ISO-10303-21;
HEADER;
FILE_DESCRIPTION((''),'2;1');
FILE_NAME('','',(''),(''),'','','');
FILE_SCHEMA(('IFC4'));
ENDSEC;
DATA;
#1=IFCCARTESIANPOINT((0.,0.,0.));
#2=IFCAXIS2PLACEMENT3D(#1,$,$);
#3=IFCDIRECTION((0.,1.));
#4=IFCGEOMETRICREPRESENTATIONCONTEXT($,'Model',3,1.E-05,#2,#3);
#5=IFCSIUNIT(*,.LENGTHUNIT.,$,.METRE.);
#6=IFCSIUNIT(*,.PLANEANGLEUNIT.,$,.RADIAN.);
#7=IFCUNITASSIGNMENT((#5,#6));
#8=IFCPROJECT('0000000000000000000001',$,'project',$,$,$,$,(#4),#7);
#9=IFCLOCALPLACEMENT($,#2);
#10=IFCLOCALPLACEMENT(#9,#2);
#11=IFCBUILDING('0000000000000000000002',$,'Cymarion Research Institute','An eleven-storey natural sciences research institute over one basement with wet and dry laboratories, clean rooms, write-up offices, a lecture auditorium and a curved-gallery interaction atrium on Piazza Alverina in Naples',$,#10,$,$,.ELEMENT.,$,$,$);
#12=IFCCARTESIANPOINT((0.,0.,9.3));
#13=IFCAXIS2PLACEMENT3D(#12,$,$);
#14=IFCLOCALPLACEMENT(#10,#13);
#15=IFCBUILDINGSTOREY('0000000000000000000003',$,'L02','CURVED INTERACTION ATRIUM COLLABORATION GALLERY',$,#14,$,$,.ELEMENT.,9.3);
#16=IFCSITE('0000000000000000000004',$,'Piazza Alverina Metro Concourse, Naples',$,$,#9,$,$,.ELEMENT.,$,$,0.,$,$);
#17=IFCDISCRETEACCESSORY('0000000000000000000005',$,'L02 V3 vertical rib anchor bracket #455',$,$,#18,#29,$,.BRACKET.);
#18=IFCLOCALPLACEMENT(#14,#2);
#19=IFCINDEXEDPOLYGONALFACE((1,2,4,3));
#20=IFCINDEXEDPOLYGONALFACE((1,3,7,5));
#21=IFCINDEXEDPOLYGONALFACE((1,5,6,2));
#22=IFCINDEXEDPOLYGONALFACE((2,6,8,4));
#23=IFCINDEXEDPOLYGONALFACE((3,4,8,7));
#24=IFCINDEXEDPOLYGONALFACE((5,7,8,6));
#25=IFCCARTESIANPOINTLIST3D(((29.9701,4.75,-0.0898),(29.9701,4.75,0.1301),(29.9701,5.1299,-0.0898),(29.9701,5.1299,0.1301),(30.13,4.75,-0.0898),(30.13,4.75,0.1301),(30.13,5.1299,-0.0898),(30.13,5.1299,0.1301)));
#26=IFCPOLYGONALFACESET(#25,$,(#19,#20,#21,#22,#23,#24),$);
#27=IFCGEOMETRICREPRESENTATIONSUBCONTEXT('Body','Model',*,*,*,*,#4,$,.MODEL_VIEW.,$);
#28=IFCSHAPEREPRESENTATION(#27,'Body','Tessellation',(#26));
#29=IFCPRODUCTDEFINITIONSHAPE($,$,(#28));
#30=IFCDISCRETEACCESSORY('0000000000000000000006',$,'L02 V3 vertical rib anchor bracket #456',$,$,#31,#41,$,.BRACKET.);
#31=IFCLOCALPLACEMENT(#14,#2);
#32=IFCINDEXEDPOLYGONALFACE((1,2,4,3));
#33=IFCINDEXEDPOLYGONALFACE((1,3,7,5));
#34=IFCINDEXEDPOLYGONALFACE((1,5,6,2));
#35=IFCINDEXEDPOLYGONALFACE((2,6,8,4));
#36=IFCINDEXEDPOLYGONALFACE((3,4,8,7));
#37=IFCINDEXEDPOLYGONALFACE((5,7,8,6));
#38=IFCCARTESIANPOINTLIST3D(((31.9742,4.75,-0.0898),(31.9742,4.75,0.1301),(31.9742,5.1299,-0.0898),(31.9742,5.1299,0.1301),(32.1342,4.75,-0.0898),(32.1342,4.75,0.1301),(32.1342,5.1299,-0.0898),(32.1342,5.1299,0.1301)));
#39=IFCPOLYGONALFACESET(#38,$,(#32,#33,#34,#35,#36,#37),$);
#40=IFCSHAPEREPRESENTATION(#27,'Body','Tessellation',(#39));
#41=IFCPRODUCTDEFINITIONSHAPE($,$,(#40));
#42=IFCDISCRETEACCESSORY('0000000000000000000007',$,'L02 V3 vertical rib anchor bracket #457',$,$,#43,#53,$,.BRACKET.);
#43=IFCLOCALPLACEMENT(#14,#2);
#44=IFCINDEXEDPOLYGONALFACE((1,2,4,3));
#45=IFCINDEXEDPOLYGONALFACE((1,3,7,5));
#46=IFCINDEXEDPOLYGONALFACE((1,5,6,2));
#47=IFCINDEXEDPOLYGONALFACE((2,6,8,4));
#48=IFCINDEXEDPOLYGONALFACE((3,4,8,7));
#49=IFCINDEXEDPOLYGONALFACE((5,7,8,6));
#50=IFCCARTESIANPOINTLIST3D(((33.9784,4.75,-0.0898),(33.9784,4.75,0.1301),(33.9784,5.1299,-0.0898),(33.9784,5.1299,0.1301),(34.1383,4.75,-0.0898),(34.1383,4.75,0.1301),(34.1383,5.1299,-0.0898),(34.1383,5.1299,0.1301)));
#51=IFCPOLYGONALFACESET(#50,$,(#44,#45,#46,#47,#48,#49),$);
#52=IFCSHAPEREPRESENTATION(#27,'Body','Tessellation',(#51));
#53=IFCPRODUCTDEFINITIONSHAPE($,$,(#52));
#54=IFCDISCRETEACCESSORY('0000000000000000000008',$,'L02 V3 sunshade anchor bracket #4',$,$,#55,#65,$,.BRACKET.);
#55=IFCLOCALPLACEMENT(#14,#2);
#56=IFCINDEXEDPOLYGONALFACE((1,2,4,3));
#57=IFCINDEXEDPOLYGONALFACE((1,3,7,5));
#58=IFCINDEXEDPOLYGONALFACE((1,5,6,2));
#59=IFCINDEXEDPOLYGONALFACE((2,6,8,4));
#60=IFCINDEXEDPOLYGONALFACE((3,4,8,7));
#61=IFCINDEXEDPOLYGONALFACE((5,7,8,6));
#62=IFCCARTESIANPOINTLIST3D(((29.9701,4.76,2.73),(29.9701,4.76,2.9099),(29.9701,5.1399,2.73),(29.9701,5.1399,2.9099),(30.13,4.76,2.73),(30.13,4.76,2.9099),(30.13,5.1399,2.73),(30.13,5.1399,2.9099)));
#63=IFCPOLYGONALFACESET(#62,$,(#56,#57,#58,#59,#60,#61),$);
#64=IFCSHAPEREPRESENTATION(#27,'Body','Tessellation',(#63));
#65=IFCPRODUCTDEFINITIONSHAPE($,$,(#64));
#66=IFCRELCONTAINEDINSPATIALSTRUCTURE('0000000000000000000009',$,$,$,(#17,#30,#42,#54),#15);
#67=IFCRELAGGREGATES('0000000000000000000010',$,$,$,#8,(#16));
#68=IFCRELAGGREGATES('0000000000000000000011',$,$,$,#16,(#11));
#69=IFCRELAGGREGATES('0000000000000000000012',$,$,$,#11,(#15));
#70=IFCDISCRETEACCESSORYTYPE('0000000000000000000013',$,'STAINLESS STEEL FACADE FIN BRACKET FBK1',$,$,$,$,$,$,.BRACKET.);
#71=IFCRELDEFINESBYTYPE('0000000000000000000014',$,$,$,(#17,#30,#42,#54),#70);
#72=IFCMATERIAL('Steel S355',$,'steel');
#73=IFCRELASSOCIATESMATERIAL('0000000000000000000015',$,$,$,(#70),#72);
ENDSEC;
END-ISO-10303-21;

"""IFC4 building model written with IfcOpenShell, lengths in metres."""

from ifc_helpers import new_model, si_unit, direction, frame, origin, origin_2d, place, context, subcontext, project, spatial, rectangle, extrude, material, type_object, element, save


model = new_model("IFC4")

# Units and contexts
model_context = context("Model", 3, precision=1e-05, world=origin(), true_north=direction((0.0, 1.0)))
body_context = subcontext(model_context, "Body", "Model", "MODEL_VIEW")
ifc_project = project(units=[si_unit("LENGTHUNIT", "METRE"), si_unit("PLANEANGLEUNIT", "RADIAN")], contexts=[model_context])

# Site, building, storey
site_placement = place(None, origin())
site = spatial("IfcSite", under=ifc_project, at=site_placement, Name="Piazza Alverina Metro Concourse, Naples", CompositionType="ELEMENT", RefElevation=0.0)
building_placement = place(site_placement, origin())
building = spatial("IfcBuilding", under=site, at=building_placement, Name="Cymarion Research Institute", Description="An eleven-storey natural sciences research institute over one basement with wet and dry laboratories, clean rooms, write-up offices, a lecture auditorium and a curved-gallery interaction atrium on Piazza Alverina in Naples", CompositionType="ELEMENT")
storey_placement = place(building_placement, frame((0.0, 0.0, 9.3)))
storey = spatial("IfcBuildingStorey", under=building, at=storey_placement, Name="L02", Description="CURVED INTERACTION ATRIUM COLLABORATION GALLERY", CompositionType="ELEMENT", Elevation=9.3)

# Shared definitions
ifc_material_1 = material(Name="Steel S355", Category="steel")

# Discrete accessories
discrete_accessory_type = type_object("IfcDiscreteAccessoryType", Name="STAINLESS STEEL FACADE FIN BRACKET FBK1", PredefinedType="BRACKET", material=ifc_material_1)
for number, where, z_axis, x_axis, name in (
    (1, (30.05, 4.9399, -0.0898), (0.0, 0.0, 1.0), (0.0, -1.0, 0.0), "L02 V3 vertical rib anchor bracket #455"),
    (2, (32.0542, 4.9399, -0.0898), (0.0, 0.0, 1.0), (0.0, -1.0, 0.0), "L02 V3 vertical rib anchor bracket #456"),
    (3, (34.0583, 4.9399, -0.0898), (0.0, 0.0, 1.0), (0.0, -1.0, 0.0), "L02 V3 vertical rib anchor bracket #457"),
):
    element("IfcDiscreteAccessory", number, at=place(storey_placement, frame(where, z_axis=z_axis, x_axis=x_axis)), inside=storey, type_object=discrete_accessory_type, Name=name, PredefinedType="BRACKET", context=body_context, shape_type="SweptSolid", body=[
        extrude(rectangle(XDim=0.3799, YDim=0.1599, at=origin_2d()), origin(), (0.0, 0.0, 1.0), 0.22),
    ])
discrete_accessory_1_placement = place(storey_placement, frame((30.05, 4.95, 2.73), z_axis=(0.0, 0.0, 1.0), x_axis=(0.0, -1.0, 0.0)))
element("IfcDiscreteAccessory", 4, at=discrete_accessory_1_placement, inside=storey, type_object=discrete_accessory_type, Name="L02 V3 sunshade anchor bracket #4", PredefinedType="BRACKET", context=body_context, shape_type="SweptSolid", body=[
    extrude(rectangle(XDim=0.3799, YDim=0.1599, at=origin_2d()), origin(), (0.0, 0.0, 1.0), 0.1799),
])

save(model, "model.ifc")
